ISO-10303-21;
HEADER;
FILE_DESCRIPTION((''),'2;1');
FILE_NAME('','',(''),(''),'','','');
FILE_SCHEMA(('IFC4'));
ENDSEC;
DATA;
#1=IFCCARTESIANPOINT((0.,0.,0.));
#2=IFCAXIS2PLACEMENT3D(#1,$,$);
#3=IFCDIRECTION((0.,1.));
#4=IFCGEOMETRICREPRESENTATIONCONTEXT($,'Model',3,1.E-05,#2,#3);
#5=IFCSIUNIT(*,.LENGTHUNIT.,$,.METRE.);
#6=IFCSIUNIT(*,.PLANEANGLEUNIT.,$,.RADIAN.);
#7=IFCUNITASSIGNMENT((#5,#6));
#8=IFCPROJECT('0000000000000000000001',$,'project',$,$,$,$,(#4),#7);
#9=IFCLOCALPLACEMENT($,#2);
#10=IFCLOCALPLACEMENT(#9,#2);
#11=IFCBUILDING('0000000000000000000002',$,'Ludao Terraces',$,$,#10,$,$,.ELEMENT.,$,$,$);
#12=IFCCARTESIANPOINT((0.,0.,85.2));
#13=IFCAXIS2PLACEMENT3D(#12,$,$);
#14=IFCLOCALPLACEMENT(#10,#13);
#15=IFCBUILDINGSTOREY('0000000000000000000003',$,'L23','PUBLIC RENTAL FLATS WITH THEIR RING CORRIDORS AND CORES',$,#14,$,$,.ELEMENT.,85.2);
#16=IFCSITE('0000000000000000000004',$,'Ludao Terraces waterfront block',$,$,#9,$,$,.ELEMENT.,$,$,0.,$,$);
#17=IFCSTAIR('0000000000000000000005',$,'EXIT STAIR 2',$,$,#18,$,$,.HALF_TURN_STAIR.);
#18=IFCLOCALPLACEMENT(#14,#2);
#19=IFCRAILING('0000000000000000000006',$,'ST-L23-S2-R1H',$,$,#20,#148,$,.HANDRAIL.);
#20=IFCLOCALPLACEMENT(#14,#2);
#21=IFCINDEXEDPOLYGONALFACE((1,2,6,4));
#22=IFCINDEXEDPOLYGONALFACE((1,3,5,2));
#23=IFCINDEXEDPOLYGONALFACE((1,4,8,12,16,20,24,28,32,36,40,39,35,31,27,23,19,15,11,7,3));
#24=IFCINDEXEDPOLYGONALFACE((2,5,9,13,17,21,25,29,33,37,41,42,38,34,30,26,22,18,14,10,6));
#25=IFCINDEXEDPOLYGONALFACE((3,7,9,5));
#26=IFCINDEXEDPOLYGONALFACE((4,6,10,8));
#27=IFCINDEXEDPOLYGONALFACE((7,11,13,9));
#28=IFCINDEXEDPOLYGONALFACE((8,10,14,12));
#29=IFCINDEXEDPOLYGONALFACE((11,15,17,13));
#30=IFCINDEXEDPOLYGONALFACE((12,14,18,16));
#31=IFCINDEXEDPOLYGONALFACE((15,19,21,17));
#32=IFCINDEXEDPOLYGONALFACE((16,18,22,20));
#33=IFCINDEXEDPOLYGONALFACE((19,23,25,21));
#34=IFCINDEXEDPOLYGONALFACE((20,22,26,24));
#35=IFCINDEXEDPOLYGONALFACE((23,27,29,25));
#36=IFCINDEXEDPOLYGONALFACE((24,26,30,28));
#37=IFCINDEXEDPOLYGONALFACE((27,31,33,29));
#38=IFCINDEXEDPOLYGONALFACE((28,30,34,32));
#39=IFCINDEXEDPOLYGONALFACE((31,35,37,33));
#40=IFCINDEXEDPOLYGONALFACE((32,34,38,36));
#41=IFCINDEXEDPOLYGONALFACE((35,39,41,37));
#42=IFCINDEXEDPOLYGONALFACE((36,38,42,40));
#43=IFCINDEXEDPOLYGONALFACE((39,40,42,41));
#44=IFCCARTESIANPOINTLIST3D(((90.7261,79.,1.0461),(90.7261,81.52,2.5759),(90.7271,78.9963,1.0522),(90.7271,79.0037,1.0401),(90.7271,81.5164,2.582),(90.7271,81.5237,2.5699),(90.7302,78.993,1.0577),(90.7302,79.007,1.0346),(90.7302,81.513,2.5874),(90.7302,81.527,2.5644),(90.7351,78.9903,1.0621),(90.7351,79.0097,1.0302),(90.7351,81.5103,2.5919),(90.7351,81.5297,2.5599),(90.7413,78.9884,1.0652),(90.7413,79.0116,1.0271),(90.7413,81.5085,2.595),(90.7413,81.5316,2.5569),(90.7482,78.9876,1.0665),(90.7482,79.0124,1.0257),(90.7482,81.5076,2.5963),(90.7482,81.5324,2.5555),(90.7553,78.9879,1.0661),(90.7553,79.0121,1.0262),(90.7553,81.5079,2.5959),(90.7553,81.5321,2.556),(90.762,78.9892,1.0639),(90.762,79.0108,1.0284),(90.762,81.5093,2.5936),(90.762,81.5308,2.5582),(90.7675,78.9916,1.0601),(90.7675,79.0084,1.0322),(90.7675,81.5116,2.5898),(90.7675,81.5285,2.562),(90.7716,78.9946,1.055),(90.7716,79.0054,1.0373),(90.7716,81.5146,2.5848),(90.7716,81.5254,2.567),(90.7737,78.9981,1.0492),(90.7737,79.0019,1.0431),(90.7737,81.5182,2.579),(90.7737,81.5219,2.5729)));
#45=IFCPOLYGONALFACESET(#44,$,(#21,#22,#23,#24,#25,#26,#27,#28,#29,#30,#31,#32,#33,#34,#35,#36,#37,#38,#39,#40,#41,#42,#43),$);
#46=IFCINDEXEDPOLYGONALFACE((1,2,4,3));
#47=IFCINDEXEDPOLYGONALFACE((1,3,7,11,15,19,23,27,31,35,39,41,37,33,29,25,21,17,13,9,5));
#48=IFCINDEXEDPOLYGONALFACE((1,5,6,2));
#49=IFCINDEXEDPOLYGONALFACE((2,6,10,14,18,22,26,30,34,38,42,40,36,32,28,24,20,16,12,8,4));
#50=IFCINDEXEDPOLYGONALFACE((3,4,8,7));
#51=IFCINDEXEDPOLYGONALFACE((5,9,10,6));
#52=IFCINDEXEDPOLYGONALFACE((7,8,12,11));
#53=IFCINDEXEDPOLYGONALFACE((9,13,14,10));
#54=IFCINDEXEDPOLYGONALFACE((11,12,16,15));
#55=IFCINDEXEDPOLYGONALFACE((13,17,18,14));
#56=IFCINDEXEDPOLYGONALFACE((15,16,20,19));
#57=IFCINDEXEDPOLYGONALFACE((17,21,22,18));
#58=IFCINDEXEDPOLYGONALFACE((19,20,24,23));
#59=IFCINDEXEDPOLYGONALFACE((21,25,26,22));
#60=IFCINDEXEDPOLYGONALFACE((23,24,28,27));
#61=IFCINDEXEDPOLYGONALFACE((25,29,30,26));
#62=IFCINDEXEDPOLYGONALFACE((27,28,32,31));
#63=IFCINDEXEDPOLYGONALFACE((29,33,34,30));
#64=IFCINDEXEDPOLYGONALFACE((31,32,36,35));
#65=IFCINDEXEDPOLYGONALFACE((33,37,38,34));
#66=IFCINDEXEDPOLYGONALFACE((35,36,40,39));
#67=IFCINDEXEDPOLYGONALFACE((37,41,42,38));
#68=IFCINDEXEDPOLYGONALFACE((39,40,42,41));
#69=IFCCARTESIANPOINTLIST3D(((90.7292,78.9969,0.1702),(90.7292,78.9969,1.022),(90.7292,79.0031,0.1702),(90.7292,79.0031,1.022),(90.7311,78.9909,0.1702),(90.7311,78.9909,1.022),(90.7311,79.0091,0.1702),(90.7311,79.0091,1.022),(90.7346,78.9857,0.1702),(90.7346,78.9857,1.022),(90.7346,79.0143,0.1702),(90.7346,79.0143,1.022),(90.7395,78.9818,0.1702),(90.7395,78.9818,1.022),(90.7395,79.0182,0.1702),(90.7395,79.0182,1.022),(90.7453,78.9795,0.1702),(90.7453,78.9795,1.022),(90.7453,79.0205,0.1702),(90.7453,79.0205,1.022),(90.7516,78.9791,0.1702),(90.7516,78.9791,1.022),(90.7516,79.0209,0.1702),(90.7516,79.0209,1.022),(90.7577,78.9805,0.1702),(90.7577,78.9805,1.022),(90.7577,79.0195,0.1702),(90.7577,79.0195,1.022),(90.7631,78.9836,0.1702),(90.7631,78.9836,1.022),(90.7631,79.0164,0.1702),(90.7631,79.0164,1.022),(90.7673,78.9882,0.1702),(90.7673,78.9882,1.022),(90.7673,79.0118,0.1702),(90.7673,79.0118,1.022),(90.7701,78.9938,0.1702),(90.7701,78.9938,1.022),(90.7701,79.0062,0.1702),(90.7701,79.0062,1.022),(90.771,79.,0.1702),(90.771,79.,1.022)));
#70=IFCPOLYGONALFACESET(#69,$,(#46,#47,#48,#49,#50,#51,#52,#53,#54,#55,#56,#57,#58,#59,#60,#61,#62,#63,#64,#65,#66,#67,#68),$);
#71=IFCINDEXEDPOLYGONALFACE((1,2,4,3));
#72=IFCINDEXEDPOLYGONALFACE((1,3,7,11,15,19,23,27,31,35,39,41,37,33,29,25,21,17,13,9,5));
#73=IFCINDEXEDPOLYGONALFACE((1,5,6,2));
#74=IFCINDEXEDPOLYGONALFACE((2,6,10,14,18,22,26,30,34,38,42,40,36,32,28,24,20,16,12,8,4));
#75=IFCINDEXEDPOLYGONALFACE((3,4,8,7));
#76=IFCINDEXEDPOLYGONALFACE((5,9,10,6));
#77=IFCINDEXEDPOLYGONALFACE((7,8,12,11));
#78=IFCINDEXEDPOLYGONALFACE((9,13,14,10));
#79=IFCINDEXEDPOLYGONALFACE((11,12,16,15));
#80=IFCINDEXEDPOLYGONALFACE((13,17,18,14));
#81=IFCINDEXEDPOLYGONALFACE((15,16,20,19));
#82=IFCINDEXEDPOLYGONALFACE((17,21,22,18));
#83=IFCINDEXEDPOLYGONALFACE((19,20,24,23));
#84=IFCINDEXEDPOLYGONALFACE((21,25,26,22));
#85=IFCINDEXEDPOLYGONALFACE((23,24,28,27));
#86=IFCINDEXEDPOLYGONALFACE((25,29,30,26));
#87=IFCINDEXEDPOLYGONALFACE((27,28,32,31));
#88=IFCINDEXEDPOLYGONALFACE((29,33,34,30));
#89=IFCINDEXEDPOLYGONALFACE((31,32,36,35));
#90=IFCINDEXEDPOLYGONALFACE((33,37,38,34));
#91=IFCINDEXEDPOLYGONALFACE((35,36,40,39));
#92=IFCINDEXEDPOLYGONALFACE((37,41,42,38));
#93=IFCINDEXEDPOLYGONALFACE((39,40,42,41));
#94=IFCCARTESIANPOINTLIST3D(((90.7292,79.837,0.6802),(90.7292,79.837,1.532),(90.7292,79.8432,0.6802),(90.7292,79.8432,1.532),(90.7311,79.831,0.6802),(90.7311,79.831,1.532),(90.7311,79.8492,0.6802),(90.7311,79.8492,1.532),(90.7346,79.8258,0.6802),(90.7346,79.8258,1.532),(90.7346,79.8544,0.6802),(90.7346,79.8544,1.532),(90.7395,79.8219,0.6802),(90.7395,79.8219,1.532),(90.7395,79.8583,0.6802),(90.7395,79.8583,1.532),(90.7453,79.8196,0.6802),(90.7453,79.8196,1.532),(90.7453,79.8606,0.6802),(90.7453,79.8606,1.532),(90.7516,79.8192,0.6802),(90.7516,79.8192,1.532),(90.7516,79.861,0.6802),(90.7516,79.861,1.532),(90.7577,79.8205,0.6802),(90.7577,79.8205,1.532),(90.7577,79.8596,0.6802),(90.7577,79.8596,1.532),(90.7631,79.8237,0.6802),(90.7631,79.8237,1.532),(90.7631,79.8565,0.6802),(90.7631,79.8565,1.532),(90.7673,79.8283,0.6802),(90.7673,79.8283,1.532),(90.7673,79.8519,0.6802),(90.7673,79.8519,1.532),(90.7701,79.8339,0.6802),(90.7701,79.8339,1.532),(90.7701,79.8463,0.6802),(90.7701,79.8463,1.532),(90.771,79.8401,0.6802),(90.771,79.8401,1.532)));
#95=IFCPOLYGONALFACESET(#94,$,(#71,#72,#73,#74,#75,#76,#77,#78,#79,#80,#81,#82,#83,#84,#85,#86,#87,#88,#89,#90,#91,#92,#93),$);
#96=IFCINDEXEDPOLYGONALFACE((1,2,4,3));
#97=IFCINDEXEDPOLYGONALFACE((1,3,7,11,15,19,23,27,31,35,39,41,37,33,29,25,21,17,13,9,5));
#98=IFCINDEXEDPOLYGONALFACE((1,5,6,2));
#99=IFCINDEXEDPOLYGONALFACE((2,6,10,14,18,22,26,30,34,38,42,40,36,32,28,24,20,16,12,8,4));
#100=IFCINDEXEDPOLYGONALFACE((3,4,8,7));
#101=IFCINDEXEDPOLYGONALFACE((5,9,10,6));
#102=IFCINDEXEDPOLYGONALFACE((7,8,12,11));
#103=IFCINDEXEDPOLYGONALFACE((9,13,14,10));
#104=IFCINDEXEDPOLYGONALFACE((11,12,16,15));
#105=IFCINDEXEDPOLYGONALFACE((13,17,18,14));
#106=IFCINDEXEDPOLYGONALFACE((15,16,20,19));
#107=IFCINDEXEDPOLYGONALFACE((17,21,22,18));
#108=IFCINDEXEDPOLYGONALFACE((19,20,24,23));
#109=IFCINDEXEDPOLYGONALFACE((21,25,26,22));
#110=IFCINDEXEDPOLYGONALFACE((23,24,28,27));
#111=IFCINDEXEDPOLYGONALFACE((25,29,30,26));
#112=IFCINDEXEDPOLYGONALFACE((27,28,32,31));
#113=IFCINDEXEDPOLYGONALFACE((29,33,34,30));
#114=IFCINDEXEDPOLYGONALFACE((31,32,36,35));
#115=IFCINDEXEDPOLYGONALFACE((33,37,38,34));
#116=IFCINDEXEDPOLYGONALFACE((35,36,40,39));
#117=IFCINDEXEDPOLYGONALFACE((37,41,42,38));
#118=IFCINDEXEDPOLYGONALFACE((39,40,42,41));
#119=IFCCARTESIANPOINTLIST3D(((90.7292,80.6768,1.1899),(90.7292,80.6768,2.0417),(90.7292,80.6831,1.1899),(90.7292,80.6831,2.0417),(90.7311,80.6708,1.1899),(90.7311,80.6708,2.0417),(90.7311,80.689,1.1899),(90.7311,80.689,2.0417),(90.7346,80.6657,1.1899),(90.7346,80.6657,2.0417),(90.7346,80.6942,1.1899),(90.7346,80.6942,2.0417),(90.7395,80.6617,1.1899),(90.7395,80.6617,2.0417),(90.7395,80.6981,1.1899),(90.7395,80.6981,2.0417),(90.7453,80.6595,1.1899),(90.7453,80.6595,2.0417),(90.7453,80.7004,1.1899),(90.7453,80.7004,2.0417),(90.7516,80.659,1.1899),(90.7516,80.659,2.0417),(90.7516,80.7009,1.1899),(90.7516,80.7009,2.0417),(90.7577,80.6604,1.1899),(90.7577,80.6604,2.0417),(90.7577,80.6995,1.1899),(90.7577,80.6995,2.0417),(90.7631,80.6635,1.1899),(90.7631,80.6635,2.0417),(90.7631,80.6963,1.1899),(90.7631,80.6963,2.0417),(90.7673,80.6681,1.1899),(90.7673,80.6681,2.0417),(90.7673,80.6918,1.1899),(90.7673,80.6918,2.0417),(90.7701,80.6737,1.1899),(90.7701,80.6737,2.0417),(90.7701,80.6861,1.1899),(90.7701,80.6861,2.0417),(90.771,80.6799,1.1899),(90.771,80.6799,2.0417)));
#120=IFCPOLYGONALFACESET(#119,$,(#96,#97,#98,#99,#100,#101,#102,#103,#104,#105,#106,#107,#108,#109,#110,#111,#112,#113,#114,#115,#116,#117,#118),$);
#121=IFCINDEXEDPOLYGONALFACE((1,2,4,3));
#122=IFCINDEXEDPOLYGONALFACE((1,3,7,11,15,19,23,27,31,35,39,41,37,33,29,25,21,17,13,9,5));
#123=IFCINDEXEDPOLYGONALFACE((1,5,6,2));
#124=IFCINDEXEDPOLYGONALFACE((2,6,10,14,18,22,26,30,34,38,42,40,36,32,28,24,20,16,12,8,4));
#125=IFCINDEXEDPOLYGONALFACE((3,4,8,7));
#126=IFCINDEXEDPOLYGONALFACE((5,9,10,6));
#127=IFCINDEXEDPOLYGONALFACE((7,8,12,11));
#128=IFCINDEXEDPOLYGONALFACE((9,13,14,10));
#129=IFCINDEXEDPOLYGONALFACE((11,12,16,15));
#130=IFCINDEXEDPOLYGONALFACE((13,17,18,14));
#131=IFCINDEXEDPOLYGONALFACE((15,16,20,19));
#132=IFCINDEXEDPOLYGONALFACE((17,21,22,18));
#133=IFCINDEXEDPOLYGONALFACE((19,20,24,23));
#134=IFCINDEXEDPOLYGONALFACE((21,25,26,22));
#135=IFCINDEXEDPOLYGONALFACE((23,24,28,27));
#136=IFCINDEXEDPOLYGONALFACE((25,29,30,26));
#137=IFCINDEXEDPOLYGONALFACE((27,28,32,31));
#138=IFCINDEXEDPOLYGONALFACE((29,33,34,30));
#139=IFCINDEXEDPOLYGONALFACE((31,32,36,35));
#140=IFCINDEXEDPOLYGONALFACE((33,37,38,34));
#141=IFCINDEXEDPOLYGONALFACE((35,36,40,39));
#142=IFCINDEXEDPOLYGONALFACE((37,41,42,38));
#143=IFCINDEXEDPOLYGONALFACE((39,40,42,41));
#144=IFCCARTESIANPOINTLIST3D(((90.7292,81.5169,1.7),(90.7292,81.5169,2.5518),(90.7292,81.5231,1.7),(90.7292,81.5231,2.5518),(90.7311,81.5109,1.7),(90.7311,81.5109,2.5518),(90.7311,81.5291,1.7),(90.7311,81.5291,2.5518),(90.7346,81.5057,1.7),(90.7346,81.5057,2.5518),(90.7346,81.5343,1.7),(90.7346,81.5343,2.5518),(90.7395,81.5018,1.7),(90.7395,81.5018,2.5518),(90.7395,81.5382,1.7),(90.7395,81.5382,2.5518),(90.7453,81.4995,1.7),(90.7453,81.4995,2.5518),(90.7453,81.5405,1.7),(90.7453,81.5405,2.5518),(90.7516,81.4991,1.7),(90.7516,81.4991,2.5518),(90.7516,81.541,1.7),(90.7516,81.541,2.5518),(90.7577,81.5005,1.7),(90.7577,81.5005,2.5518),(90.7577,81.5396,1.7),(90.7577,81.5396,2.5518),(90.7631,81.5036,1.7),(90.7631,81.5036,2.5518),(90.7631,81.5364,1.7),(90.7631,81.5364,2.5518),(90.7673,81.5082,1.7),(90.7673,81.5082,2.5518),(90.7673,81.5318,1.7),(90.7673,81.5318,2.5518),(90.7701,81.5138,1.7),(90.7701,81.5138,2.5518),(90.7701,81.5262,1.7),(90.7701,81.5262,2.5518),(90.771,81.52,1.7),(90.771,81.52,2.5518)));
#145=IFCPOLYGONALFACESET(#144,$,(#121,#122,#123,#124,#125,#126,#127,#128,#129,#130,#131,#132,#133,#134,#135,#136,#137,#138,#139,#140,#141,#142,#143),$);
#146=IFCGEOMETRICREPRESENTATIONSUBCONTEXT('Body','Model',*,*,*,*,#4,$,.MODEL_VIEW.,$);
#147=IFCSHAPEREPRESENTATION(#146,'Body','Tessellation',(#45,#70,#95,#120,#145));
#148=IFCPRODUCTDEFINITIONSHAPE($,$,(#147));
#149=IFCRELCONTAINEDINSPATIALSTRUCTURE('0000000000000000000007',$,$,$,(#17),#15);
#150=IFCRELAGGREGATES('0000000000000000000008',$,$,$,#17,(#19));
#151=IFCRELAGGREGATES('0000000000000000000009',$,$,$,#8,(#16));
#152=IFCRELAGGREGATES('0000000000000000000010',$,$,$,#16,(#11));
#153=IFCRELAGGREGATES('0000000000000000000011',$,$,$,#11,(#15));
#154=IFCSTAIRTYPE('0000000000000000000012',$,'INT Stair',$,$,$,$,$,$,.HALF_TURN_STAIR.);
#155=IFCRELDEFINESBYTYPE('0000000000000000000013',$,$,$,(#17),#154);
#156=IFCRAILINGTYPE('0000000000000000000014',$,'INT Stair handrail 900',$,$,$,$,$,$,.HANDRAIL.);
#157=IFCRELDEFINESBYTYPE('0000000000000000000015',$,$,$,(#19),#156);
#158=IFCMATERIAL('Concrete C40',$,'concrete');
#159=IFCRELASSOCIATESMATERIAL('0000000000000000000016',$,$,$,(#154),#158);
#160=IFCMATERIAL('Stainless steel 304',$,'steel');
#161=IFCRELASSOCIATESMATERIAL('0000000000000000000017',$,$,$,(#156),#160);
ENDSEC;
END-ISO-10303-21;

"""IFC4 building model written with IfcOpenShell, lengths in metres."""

from ifc_helpers import new_model, si_unit, direction, frame, origin, origin_2d, place, context, subcontext, project, spatial, circle, extrude, material, type_object, element, aggregate, save


model = new_model("IFC4")

# Units and contexts
model_context = context("Model", 3, precision=1e-05, world=origin(), true_north=direction((0.0, 1.0)))
body_context = subcontext(model_context, "Body", "Model", "MODEL_VIEW")
ifc_project = project(units=[si_unit("LENGTHUNIT", "METRE"), si_unit("PLANEANGLEUNIT", "RADIAN")], contexts=[model_context])

# Site, building, storey
site_placement = place(None, origin())
site = spatial("IfcSite", under=ifc_project, at=site_placement, Name="Ludao Terraces waterfront block", CompositionType="ELEMENT", RefElevation=0.0)
building_placement = place(site_placement, origin())
building = spatial("IfcBuilding", under=site, at=building_placement, Name="Ludao Terraces", CompositionType="ELEMENT")
storey_placement = place(building_placement, frame((0.0, 0.0, 85.2)))
storey = spatial("IfcBuildingStorey", under=building, at=storey_placement, Name="L23", Description="PUBLIC RENTAL FLATS WITH THEIR RING CORRIDORS AND CORES", CompositionType="ELEMENT", Elevation=85.2)

# Stair, railing
ifc_material_1 = material(Name="Concrete C40", Category="concrete")
stair_type = type_object("IfcStairType", Name="INT Stair", PredefinedType="HALF_TURN_STAIR", material=ifc_material_1)
stair_placement = place(storey_placement, origin())
stair = element("IfcStair", 1, at=stair_placement, inside=storey, type_object=stair_type, Name="EXIT STAIR 2", PredefinedType="HALF_TURN_STAIR")
ifc_material_2 = material(Name="Stainless steel 304", Category="steel")
railing_type_1 = type_object("IfcRailingType", Name="INT Stair handrail 900", PredefinedType="HANDRAIL", material=ifc_material_2)
railing_1_placement = place(storey_placement, frame((90.75, 79.0, 0.1702)))
railing_1 = element("IfcRailing", 2, at=railing_1_placement, type_object=railing_type_1, Name="ST-L23-S2-R1H", PredefinedType="HANDRAIL", context=body_context, shape_type="SweptSolid", body=[
    extrude(circle(Radius=0.0239, at=origin_2d()), frame((0.0, 0.0, 0.876), z_axis=(0.0, 0.854822, 0.518922), x_axis=(-1.0, 0.0, 0.0)), (0.0, 0.0, 1.0), 2.948),
    extrude(circle(Radius=0.021, at=origin_2d()), origin(), (0.0, 0.0, 1.0), 0.8518),
    extrude(circle(Radius=0.021, at=origin_2d()), frame((0.0, 0.8401, 0.51)), (0.0, 0.0, 1.0), 0.8518),
    extrude(circle(Radius=0.021, at=origin_2d()), frame((0.0, 1.6799, 1.0198)), (0.0, 0.0, 1.0), 0.8518),
    extrude(circle(Radius=0.021, at=origin_2d()), frame((0.0, 2.52, 1.5298)), (0.0, 0.0, 1.0), 0.8518),
])
aggregate(stair, [railing_1])

save(model, "model.ifc")
